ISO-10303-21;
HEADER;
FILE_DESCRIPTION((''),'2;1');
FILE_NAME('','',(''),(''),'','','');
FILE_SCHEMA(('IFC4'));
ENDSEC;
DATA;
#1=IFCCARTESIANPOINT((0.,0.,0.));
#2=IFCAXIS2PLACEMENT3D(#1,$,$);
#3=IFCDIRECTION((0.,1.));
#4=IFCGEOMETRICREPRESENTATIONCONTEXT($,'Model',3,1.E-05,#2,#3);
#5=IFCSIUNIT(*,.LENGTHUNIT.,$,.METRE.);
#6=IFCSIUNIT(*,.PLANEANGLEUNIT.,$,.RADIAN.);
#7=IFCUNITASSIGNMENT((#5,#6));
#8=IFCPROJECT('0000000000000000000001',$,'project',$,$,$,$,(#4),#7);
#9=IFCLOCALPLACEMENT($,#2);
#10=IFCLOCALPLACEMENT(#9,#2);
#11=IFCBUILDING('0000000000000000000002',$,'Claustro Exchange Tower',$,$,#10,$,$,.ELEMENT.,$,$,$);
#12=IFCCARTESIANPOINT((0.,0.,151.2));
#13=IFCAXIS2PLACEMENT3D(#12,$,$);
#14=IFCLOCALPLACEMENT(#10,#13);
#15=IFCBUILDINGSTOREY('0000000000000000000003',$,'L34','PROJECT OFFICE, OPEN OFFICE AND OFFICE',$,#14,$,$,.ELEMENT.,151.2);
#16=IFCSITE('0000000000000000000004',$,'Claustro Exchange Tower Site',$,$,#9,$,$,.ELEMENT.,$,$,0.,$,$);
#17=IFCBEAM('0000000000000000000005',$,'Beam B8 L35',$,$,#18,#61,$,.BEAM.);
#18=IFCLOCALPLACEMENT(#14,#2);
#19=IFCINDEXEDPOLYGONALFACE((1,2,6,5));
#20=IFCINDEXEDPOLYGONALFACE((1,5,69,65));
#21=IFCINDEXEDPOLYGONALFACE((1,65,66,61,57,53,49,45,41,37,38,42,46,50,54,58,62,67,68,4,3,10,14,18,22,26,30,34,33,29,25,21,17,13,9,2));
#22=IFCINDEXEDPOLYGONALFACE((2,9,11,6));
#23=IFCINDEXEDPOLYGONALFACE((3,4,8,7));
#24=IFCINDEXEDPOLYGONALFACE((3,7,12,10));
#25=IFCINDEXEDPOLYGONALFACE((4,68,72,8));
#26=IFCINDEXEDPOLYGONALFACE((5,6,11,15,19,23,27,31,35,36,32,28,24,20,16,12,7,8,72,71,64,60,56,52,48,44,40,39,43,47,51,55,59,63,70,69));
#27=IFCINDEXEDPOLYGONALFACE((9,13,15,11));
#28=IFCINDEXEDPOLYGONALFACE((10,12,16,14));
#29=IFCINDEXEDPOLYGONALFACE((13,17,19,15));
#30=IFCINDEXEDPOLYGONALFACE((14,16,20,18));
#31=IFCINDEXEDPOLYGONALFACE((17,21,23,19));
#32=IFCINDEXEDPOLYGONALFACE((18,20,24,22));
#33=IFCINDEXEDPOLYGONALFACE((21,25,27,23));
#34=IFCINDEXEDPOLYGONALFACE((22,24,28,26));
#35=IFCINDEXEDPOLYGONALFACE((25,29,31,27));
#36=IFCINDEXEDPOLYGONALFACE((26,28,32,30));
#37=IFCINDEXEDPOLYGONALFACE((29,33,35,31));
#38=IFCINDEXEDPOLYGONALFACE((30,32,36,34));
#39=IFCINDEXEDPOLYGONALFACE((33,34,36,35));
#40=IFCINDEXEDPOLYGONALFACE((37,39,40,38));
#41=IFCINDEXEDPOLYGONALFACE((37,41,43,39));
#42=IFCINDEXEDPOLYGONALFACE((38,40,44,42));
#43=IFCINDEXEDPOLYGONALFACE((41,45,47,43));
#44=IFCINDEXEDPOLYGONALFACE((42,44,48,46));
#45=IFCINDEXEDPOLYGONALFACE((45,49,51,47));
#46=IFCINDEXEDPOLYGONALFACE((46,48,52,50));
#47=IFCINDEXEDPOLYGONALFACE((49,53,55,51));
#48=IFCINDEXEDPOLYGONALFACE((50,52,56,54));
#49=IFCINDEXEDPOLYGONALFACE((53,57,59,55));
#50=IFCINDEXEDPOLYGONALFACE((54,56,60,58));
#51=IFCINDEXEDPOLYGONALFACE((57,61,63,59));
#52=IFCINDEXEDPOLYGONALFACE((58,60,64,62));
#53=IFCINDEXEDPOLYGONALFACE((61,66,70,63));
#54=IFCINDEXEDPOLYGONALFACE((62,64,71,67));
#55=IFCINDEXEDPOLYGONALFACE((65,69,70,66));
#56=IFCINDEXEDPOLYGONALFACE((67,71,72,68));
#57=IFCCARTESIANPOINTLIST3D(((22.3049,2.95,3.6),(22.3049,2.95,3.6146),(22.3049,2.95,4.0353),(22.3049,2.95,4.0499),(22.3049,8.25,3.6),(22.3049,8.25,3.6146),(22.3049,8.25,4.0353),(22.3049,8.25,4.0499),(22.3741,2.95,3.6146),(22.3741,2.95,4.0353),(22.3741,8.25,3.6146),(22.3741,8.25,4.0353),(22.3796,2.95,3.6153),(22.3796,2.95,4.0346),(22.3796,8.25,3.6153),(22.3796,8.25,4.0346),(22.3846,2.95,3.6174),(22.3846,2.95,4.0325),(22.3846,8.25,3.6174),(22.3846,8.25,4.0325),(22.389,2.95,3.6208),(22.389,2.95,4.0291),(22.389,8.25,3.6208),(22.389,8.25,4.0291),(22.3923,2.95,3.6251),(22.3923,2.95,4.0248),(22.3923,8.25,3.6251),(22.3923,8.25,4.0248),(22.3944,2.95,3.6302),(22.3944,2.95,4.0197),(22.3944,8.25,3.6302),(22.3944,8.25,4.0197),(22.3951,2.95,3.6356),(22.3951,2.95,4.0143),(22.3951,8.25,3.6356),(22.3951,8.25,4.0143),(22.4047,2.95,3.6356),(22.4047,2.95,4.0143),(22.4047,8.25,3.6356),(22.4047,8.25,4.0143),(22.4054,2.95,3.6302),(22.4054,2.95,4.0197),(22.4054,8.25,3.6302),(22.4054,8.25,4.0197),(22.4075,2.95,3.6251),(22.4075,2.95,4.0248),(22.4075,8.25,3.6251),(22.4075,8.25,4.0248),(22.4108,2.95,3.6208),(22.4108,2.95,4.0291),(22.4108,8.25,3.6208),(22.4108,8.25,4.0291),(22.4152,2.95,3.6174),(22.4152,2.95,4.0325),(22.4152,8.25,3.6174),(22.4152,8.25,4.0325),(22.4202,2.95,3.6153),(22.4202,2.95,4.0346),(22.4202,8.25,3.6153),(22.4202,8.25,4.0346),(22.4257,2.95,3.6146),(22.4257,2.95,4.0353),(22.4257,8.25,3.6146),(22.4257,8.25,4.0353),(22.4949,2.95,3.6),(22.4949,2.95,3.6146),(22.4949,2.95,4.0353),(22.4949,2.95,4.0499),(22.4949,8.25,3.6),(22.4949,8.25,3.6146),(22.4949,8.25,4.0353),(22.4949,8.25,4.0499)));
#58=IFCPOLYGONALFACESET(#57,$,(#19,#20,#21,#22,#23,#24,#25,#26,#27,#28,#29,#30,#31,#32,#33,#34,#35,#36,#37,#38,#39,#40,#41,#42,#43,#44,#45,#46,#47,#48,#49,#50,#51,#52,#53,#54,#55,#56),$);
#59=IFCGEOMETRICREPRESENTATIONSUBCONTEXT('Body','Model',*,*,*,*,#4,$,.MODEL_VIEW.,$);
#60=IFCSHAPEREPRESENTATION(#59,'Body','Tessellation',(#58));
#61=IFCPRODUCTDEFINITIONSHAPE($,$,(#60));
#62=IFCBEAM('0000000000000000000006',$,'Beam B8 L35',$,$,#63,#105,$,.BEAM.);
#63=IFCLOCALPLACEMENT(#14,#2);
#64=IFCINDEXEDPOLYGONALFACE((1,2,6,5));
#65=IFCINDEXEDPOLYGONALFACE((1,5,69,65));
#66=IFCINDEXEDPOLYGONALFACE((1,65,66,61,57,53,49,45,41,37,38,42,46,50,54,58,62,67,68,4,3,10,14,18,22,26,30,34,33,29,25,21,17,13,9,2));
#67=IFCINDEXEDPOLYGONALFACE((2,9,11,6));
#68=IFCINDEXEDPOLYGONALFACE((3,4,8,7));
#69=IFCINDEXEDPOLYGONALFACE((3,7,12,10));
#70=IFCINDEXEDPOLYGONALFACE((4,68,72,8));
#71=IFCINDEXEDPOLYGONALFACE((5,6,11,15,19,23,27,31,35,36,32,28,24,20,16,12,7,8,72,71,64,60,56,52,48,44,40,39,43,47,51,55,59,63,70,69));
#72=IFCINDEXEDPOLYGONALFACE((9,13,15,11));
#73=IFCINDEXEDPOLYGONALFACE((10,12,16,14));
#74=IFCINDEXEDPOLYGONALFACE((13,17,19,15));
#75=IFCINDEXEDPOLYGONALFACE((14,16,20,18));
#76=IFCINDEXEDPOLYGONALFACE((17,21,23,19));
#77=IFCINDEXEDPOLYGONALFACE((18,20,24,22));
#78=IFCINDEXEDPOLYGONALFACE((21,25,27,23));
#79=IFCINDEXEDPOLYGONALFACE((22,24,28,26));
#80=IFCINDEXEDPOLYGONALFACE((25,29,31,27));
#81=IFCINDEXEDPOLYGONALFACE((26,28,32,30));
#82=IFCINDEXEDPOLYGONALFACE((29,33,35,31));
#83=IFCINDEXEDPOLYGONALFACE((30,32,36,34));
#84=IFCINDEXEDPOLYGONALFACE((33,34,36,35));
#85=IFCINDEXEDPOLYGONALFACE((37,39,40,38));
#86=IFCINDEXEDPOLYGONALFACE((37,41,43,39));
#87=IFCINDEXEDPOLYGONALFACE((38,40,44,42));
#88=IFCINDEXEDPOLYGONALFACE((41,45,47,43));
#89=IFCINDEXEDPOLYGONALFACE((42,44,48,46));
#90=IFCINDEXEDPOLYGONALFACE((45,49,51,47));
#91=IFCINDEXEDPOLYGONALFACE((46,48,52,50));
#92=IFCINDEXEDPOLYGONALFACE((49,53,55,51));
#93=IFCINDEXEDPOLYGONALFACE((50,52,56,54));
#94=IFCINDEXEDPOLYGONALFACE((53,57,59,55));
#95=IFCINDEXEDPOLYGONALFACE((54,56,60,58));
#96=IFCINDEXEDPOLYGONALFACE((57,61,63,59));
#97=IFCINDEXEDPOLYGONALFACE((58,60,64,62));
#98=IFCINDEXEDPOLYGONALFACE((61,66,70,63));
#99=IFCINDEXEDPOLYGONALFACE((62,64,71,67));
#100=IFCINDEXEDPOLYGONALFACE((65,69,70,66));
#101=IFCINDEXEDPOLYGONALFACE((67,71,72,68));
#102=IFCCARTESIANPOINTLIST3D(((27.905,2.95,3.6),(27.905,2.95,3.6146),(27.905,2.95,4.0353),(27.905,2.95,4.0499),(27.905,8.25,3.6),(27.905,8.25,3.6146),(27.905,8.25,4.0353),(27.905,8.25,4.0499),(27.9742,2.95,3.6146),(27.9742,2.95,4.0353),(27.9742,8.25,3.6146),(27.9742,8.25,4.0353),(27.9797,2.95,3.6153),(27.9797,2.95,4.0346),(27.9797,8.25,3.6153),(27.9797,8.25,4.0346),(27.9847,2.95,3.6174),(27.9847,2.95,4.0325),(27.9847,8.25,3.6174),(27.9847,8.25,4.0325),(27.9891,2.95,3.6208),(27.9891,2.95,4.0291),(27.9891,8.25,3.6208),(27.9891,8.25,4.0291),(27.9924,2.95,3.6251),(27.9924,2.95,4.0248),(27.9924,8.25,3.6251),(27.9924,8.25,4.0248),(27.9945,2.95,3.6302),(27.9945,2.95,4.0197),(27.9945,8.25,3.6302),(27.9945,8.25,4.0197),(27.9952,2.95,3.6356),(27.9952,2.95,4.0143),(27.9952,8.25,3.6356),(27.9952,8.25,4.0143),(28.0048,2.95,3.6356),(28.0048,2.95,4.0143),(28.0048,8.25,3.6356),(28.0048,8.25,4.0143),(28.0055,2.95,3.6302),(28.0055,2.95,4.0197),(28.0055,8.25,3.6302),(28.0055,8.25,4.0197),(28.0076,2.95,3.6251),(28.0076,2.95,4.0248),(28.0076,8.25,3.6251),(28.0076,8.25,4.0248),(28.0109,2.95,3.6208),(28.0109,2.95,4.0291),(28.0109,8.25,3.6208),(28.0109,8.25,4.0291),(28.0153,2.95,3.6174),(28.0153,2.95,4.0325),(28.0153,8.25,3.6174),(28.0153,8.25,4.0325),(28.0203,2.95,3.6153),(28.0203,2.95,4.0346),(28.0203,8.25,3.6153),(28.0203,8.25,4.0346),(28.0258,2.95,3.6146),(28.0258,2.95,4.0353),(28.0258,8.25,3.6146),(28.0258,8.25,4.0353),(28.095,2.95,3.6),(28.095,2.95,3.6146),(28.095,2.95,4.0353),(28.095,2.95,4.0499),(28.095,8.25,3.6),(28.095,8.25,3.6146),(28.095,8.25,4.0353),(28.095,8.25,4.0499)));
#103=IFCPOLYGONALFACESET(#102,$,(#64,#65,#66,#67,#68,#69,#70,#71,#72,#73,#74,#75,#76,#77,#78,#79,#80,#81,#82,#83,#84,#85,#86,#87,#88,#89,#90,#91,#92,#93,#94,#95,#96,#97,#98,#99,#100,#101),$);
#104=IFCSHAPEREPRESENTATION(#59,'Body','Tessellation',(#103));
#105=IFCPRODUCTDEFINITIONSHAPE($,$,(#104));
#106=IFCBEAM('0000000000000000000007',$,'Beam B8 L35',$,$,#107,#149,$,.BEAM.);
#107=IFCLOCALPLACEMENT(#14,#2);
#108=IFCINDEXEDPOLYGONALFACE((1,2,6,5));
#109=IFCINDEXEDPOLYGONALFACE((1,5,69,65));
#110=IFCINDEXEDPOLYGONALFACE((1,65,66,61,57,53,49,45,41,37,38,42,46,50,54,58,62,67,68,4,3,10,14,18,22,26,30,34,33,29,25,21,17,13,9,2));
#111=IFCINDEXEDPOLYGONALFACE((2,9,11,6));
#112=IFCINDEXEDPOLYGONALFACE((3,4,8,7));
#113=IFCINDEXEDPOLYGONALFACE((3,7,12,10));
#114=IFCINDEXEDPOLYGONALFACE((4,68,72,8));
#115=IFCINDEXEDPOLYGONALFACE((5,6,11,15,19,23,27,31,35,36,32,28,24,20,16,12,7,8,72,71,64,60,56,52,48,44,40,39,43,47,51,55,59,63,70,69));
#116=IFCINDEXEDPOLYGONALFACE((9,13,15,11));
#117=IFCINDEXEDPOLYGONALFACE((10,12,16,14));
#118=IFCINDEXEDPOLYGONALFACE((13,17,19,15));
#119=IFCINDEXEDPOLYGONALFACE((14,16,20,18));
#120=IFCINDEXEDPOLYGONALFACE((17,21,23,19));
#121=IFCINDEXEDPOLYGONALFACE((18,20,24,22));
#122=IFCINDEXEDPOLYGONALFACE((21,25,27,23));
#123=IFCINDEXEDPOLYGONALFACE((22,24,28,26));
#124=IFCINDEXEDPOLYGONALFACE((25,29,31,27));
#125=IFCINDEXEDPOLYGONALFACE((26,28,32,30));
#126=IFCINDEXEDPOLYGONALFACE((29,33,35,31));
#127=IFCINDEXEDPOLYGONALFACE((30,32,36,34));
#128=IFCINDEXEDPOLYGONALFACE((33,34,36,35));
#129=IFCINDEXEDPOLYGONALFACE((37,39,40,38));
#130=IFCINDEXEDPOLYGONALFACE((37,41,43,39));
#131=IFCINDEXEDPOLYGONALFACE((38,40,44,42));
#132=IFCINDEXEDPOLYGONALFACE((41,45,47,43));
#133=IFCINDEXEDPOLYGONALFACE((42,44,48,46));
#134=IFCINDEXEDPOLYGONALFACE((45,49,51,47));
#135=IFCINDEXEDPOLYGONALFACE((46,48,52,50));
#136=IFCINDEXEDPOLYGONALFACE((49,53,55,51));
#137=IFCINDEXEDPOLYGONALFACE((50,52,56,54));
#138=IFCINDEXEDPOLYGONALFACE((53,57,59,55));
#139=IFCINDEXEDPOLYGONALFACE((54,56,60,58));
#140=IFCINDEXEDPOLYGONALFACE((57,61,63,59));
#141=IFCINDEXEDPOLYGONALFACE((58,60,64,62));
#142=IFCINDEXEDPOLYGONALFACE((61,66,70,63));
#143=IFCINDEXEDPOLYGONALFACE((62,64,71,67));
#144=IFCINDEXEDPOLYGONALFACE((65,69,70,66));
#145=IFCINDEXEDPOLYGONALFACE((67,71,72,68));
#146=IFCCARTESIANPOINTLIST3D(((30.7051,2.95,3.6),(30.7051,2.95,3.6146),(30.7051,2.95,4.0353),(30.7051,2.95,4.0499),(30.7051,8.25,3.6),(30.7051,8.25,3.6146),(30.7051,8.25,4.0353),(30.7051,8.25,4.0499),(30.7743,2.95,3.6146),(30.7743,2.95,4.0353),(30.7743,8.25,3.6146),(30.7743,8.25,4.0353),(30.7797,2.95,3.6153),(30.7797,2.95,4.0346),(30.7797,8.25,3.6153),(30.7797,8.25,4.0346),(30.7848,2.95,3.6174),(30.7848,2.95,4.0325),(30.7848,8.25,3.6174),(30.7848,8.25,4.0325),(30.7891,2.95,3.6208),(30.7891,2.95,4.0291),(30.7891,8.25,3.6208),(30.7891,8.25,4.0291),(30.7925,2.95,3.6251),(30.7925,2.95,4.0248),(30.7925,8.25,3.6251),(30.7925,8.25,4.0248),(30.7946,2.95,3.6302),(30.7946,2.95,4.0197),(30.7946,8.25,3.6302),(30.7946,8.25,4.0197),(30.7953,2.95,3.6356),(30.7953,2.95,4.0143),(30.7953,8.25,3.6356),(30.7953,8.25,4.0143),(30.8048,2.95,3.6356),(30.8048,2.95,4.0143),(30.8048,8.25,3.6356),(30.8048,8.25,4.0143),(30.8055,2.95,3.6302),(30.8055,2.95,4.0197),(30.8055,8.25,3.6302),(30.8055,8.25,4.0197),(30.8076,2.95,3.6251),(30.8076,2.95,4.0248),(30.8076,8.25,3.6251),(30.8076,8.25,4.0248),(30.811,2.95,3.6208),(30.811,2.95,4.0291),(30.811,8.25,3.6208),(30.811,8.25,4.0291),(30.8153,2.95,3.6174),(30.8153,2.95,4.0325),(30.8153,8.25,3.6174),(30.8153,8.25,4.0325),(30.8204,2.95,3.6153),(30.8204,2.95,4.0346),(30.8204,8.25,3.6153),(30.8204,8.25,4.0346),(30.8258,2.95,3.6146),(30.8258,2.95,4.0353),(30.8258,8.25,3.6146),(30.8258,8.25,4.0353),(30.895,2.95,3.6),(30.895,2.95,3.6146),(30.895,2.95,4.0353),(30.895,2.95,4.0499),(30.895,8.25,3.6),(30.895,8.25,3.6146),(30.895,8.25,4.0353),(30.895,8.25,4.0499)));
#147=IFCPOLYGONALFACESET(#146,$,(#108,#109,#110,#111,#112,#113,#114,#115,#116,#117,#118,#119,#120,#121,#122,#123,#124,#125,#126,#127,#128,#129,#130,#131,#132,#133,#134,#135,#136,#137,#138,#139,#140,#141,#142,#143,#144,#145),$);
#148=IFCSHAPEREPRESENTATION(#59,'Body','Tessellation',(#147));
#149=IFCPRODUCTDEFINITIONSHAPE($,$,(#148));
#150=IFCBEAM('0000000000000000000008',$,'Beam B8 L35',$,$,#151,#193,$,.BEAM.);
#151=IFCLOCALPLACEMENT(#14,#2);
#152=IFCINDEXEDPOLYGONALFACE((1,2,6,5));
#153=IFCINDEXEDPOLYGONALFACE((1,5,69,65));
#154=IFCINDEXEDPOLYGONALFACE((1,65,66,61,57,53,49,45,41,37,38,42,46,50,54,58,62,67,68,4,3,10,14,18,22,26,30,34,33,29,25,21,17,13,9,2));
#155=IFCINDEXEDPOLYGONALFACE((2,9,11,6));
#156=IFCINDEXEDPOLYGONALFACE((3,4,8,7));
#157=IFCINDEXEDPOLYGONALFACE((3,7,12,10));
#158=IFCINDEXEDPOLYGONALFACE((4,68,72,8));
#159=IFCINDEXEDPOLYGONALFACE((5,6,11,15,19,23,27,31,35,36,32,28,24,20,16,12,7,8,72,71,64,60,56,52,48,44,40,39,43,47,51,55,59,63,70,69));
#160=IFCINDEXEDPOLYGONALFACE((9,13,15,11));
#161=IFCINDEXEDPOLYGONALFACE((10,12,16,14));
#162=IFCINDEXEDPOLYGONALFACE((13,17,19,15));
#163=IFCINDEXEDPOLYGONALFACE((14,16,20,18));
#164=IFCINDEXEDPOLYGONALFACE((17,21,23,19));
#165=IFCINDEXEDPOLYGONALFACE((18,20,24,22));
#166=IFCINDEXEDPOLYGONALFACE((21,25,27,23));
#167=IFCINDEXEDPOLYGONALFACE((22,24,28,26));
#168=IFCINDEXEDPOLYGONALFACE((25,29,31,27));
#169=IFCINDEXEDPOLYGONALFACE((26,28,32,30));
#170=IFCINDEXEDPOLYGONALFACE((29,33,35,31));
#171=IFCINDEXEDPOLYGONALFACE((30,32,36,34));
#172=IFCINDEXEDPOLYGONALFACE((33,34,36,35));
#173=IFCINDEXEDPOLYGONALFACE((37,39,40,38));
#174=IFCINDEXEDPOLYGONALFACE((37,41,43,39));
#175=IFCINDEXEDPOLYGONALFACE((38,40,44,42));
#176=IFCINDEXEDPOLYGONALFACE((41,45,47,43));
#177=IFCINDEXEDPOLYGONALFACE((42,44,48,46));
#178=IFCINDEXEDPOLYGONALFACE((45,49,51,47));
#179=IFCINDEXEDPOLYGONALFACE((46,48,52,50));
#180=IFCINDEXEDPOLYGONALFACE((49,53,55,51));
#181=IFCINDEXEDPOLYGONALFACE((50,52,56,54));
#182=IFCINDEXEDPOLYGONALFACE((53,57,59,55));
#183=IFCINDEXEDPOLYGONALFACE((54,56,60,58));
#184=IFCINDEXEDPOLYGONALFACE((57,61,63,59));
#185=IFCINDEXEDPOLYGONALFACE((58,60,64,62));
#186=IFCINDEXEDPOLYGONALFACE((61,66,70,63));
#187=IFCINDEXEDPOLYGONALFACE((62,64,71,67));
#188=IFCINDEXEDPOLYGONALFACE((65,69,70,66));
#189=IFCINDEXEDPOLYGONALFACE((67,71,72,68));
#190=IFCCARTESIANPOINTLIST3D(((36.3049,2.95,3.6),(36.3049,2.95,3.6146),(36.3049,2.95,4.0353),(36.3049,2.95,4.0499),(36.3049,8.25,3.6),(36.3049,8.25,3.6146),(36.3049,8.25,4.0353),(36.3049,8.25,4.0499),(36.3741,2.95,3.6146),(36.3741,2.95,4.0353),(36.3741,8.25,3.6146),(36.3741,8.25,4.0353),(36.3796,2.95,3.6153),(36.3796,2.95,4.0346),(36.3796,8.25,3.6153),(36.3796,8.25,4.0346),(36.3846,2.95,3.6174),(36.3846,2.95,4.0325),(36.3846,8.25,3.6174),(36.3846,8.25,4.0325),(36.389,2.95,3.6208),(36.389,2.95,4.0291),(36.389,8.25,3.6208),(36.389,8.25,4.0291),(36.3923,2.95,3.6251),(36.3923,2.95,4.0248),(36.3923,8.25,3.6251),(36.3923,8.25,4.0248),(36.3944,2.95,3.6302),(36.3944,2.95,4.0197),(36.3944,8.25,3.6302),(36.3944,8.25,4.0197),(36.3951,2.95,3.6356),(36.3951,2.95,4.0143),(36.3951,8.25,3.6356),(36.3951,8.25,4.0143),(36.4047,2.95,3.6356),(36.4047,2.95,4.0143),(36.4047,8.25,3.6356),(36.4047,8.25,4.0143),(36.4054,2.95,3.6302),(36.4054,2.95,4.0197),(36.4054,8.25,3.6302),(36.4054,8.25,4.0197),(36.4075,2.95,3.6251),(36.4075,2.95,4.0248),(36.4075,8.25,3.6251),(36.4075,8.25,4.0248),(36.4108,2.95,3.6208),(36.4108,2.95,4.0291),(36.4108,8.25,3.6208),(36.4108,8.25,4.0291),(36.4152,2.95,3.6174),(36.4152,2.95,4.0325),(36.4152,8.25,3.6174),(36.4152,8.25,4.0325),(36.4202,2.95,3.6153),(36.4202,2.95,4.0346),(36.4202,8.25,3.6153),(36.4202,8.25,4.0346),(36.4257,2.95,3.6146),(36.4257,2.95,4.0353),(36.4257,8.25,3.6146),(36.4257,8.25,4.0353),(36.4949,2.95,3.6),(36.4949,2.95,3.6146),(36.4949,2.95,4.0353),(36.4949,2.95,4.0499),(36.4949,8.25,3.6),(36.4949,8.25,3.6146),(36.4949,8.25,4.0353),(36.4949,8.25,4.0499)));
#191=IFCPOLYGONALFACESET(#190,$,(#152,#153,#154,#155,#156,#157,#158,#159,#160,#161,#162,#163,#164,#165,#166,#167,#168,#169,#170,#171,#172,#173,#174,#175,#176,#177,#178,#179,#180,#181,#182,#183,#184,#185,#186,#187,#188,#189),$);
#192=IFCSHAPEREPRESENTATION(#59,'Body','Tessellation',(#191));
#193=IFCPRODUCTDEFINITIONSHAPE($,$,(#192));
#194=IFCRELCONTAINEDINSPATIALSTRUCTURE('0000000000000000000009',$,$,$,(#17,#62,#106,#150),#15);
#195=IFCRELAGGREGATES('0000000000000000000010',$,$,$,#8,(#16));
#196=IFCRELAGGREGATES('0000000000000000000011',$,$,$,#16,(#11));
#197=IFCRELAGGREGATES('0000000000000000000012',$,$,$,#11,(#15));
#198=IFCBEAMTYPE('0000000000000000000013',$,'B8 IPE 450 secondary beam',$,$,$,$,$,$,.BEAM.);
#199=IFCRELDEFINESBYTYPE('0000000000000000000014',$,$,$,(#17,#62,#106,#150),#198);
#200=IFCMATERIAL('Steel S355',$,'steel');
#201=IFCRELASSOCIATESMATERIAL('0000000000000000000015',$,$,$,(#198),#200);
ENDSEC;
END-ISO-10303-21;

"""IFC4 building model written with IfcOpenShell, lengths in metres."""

from ifc_helpers import new_model, si_unit, direction, frame, origin, origin_2d, place, context, subcontext, project, spatial, i_section, extrude, material, material_profile, profile_set, type_object, element, save


model = new_model("IFC4")

# Units and contexts
model_context = context("Model", 3, precision=1e-05, world=origin(), true_north=direction((0.0, 1.0)))
body_context = subcontext(model_context, "Body", "Model", "MODEL_VIEW")
ifc_project = project(units=[si_unit("LENGTHUNIT", "METRE"), si_unit("PLANEANGLEUNIT", "RADIAN")], contexts=[model_context])

# Site, building, storey
site_placement = place(None, origin())
site = spatial("IfcSite", under=ifc_project, at=site_placement, Name="Claustro Exchange Tower Site", CompositionType="ELEMENT", RefElevation=0.0)
building_placement = place(site_placement, origin())
building = spatial("IfcBuilding", under=site, at=building_placement, Name="Claustro Exchange Tower", CompositionType="ELEMENT")
storey_placement = place(building_placement, frame((0.0, 0.0, 151.2)))
storey = spatial("IfcBuildingStorey", under=building, at=storey_placement, Name="L34", Description="PROJECT OFFICE, OPEN OFFICE AND OFFICE", CompositionType="ELEMENT", Elevation=151.2)

# Beams
ifc_material_1 = material(Name="Steel S355", Category="steel")
ifc_material_profile_1 = material_profile(ifc_material_1, i_section(OverallWidth=0.1899, OverallDepth=0.45, WebThickness=0.0095, FlangeThickness=0.0146, FilletRadius=0.021, at=origin_2d()), Name="IPE 450")
ifc_profile_set_1 = profile_set([ifc_material_profile_1], Name="Steel S355")
beam_type_1 = type_object("IfcBeamType", Name="B8 IPE 450 secondary beam", PredefinedType="BEAM", material=ifc_profile_set_1)
for number, where, z_axis, x_axis, name in (
    (1, (22.3999, 2.95, 3.825), (0.0, 1.0, 0.0), (-1.0, 0.0, 0.0), "Beam B8 L35"),
    (2, (28.0, 2.95, 3.825), (0.0, 1.0, 0.0), (-1.0, 0.0, 0.0), "Beam B8 L35"),
    (3, (30.8, 2.95, 3.825), (0.0, 1.0, 0.0), (-1.0, 0.0, 0.0), "Beam B8 L35"),
    (4, (36.3999, 2.95, 3.825), (0.0, 1.0, 0.0), (-1.0, 0.0, 0.0), "Beam B8 L35"),
):
    element("IfcBeam", number, at=place(storey_placement, frame(where, z_axis=z_axis, x_axis=x_axis)), inside=storey, type_object=beam_type_1, Name=name, PredefinedType="BEAM", context=body_context, shape_type="SweptSolid", body=[
        extrude(i_section(OverallWidth=0.1899, OverallDepth=0.45, WebThickness=0.0095, FlangeThickness=0.0146, FilletRadius=0.021, at=origin_2d()), origin(), (0.0, 0.0, 1.0), 5.3),
    ])

save(model, "model.ifc")
